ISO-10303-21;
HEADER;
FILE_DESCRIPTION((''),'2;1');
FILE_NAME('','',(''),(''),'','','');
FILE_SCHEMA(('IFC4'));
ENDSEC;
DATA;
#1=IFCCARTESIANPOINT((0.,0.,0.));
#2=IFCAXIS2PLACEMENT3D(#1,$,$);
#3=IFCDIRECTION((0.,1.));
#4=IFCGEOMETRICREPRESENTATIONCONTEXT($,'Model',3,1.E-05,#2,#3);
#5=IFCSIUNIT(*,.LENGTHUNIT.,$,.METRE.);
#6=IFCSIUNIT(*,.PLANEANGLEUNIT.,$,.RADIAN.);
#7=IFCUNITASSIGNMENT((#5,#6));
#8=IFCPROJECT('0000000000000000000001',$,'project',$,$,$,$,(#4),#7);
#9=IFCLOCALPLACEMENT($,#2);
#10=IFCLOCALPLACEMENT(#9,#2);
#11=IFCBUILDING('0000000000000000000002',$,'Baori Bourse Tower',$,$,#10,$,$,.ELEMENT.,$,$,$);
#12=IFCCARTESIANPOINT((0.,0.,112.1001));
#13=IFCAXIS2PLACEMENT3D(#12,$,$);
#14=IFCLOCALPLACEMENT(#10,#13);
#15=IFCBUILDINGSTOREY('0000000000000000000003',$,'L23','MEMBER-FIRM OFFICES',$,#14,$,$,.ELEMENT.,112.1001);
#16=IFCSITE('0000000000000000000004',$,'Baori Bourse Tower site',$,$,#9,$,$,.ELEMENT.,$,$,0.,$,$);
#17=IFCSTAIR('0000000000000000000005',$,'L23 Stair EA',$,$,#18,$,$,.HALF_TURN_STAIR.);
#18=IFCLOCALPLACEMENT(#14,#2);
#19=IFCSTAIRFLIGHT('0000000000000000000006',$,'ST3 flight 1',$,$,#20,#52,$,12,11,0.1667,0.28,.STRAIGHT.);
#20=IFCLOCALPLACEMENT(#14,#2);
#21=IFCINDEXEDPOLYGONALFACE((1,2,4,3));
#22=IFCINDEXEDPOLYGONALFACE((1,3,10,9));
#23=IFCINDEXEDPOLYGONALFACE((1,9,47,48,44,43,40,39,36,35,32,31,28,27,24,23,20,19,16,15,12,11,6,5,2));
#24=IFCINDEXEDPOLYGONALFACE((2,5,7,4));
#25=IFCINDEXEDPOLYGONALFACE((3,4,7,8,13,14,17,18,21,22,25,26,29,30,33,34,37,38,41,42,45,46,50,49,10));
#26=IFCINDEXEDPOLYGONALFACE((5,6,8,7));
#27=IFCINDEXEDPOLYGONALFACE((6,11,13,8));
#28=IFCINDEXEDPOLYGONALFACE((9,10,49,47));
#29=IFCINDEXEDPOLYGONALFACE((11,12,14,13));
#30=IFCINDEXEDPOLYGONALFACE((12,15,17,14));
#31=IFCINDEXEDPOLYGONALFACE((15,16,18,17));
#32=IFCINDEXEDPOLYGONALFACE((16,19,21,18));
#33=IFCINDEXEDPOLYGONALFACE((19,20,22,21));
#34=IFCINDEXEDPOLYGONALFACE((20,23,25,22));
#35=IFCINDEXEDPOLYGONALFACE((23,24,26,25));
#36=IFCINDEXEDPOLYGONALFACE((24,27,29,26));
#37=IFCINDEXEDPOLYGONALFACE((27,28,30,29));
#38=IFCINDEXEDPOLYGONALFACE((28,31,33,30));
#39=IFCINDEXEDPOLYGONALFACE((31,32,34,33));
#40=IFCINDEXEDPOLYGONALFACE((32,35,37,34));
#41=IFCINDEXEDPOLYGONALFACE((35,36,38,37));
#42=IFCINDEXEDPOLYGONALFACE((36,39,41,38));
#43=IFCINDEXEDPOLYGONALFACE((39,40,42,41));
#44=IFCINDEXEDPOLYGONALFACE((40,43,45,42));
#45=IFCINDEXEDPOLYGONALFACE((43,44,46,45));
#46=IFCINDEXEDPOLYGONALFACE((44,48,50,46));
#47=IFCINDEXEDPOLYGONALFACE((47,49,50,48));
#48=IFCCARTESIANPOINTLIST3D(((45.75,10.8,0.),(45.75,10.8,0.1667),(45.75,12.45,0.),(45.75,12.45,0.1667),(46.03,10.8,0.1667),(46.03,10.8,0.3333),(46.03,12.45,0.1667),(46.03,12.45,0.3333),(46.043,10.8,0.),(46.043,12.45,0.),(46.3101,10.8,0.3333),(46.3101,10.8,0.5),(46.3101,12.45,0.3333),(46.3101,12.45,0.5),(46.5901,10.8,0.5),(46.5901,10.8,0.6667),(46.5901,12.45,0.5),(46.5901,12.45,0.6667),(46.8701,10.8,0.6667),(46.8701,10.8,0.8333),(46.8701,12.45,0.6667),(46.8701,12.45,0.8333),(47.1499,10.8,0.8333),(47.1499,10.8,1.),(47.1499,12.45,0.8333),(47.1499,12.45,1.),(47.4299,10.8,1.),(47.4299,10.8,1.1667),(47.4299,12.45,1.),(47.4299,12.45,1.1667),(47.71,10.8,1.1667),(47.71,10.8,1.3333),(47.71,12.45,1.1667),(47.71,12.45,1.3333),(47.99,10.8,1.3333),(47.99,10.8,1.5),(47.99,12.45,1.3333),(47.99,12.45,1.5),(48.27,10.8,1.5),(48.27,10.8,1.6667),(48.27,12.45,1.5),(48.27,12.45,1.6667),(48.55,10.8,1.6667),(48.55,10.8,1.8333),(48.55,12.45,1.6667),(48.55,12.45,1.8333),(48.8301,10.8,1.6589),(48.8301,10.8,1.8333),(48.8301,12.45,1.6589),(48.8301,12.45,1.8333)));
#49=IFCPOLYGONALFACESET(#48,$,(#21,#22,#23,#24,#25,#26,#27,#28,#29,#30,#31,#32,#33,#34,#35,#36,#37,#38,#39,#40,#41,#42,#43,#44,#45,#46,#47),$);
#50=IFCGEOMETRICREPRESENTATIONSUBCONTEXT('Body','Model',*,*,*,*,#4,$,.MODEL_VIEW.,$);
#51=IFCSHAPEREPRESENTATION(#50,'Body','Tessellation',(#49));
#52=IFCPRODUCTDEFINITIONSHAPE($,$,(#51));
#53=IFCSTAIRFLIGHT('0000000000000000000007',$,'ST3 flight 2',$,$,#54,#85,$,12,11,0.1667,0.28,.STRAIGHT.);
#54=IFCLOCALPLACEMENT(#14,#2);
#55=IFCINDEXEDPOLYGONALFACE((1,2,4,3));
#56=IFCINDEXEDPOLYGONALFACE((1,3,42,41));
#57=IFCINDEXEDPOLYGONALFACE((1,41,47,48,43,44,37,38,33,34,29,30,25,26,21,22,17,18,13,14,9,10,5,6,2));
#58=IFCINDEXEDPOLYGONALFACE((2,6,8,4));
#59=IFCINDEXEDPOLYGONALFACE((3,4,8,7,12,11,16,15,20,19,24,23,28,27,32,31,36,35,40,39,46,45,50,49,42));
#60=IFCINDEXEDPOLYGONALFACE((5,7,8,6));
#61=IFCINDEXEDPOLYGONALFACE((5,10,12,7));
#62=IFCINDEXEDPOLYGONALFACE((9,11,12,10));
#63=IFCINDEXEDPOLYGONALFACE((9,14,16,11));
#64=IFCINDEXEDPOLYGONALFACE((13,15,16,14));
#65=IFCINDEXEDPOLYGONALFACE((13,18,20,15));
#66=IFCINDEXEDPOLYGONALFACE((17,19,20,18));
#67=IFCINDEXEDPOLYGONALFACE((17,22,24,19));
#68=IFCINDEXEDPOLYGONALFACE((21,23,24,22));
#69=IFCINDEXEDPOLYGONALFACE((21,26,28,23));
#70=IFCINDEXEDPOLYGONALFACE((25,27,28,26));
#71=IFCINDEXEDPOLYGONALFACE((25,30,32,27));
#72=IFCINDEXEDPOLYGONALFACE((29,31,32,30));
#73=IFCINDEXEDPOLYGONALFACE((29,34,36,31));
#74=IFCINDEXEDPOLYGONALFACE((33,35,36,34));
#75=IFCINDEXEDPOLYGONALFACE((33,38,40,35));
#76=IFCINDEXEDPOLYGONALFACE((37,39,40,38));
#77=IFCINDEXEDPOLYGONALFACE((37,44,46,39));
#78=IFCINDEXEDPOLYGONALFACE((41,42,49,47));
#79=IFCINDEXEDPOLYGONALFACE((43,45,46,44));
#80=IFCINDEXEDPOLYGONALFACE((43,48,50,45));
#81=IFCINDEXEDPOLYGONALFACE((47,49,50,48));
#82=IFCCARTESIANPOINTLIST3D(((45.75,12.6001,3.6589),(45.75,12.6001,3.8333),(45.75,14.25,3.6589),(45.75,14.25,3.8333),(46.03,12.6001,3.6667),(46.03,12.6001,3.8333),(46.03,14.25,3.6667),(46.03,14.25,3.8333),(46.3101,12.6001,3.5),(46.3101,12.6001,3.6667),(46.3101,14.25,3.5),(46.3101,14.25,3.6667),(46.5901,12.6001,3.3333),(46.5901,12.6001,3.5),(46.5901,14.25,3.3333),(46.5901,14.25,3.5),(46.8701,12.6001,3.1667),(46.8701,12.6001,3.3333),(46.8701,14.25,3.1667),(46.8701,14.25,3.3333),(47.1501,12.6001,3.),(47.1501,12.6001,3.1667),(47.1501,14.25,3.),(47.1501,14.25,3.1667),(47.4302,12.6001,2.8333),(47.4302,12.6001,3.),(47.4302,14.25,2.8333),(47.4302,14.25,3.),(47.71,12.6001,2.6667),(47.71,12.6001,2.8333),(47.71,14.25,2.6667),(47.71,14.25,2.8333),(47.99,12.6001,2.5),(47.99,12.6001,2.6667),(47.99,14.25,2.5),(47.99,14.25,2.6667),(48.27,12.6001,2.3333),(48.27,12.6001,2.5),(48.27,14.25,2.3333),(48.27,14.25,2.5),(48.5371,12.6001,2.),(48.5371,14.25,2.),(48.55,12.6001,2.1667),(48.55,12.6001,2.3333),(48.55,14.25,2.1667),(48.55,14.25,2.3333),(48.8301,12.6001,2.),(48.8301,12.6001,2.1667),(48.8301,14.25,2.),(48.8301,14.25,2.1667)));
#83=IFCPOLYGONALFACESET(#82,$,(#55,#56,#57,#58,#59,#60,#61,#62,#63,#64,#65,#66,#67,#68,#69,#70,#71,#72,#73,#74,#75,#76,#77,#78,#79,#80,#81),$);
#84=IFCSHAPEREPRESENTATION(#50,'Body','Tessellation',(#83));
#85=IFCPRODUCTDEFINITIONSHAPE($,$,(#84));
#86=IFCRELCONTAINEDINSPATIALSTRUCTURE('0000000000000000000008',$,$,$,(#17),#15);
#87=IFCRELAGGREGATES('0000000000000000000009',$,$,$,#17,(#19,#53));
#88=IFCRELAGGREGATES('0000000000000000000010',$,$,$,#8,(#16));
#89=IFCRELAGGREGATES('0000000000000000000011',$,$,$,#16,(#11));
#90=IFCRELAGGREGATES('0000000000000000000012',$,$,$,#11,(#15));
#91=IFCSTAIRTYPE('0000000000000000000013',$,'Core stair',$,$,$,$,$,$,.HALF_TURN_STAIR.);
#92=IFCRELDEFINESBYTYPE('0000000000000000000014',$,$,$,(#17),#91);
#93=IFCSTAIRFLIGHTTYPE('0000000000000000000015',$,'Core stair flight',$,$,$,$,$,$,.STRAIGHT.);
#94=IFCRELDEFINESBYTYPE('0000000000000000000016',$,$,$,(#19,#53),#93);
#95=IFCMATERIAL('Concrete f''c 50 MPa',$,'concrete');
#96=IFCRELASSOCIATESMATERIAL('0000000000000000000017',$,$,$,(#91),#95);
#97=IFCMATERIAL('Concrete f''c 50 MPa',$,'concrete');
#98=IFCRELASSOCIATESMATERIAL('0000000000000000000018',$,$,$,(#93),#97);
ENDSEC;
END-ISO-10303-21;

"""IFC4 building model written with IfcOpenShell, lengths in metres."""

from ifc_helpers import new_model, si_unit, direction, frame, origin, place, context, subcontext, project, spatial, polyline, outline, extrude, material, type_object, element, aggregate, save


model = new_model("IFC4")

# Units and contexts
model_context = context("Model", 3, precision=1e-05, world=origin(), true_north=direction((0.0, 1.0)))
body_context = subcontext(model_context, "Body", "Model", "MODEL_VIEW")
ifc_project = project(units=[si_unit("LENGTHUNIT", "METRE"), si_unit("PLANEANGLEUNIT", "RADIAN")], contexts=[model_context])

# Site, building, storey
site_placement = place(None, origin())
site = spatial("IfcSite", under=ifc_project, at=site_placement, Name="Baori Bourse Tower site", CompositionType="ELEMENT", RefElevation=0.0)
building_placement = place(site_placement, origin())
building = spatial("IfcBuilding", under=site, at=building_placement, Name="Baori Bourse Tower", CompositionType="ELEMENT")
storey_placement = place(building_placement, frame((0.0, 0.0, 112.1001)))
storey = spatial("IfcBuildingStorey", under=building, at=storey_placement, Name="L23", Description="MEMBER-FIRM OFFICES", CompositionType="ELEMENT", Elevation=112.1001)

# Stair, stair flights
ifc_material_1 = material(Name="Concrete f'c 50 MPa", Category="concrete")
stair_type = type_object("IfcStairType", Name="Core stair", PredefinedType="HALF_TURN_STAIR", material=ifc_material_1)
stair_placement = place(storey_placement, origin())
stair = element("IfcStair", 1, at=stair_placement, inside=storey, type_object=stair_type, Name="L23 Stair EA", PredefinedType="HALF_TURN_STAIR")
ifc_material_2 = material(Name="Concrete f'c 50 MPa", Category="concrete")
stair_flight_type = type_object("IfcStairFlightType", Name="Core stair flight", PredefinedType="STRAIGHT", material=ifc_material_2)
stair_flight_1_placement = place(storey_placement, frame((45.75, 11.625, 0.0), z_axis=(0.0, 0.0, 1.0), x_axis=(1.0, 0.0, 0.0)))
stair_flight_1 = element("IfcStairFlight", 2, at=stair_flight_1_placement, type_object=stair_flight_type, Name="ST3 flight 1", NumberOfRisers=12, NumberOfTreads=11, PredefinedType="STRAIGHT", RiserHeight=0.1667, TreadLength=0.28, context=body_context, shape_type="SweptSolid", body=[
    extrude(outline(polyline([(0.0, 0.0), (0.0, 0.1667), (0.28, 0.1667), (0.28, 0.3333), (0.5601, 0.3333), (0.5601, 0.5), (0.8401, 0.5), (0.8401, 0.6667), (1.1201, 0.6667), (1.1201, 0.8333), (1.3999, 0.8333), (1.3999, 1.0), (1.6799, 1.0), (1.6799, 1.1667), (1.96, 1.1667), (1.96, 1.3333), (2.24, 1.3333), (2.24, 1.5), (2.52, 1.5), (2.52, 1.6667), (2.8, 1.6667), (2.8, 1.8333), (3.0801, 1.8333), (3.0801, 2.0), (3.0801, 1.6589), (0.293, 0.0), (0.0, 0.0)])), frame((0.0, 0.825, 0.0), z_axis=(0.0, -1.0, 0.0), x_axis=(1.0, 0.0, 0.0)), (0.0, 0.0, 1.0), 1.6499),
])
stair_flight_2_placement = place(storey_placement, frame((48.8301, 13.425, 2.0), z_axis=(0.0, 0.0, 1.0), x_axis=(-1.0, 0.0, 0.0)))
stair_flight_2 = element("IfcStairFlight", 3, at=stair_flight_2_placement, type_object=stair_flight_type, Name="ST3 flight 2", NumberOfRisers=12, NumberOfTreads=11, PredefinedType="STRAIGHT", RiserHeight=0.1667, TreadLength=0.28, context=body_context, shape_type="SweptSolid", body=[
    extrude(outline(polyline([(0.0, 0.0), (0.0, 0.1667), (0.28, 0.1667), (0.28, 0.3333), (0.5601, 0.3333), (0.5601, 0.5), (0.8401, 0.5), (0.8401, 0.6667), (1.1201, 0.6667), (1.1201, 0.8333), (1.3999, 0.8333), (1.3999, 1.0), (1.6799, 1.0), (1.6799, 1.1667), (1.96, 1.1667), (1.96, 1.3333), (2.24, 1.3333), (2.24, 1.5), (2.52, 1.5), (2.52, 1.6667), (2.8, 1.6667), (2.8, 1.8333), (3.0801, 1.8333), (3.0801, 2.0), (3.0801, 1.6589), (0.293, 0.0), (0.0, 0.0)])), frame((0.0, 0.825, 0.0), z_axis=(0.0, -1.0, 0.0), x_axis=(1.0, 0.0, 0.0)), (0.0, 0.0, 1.0), 1.6499),
])
aggregate(stair, [stair_flight_1, stair_flight_2])

save(model, "model.ifc")
